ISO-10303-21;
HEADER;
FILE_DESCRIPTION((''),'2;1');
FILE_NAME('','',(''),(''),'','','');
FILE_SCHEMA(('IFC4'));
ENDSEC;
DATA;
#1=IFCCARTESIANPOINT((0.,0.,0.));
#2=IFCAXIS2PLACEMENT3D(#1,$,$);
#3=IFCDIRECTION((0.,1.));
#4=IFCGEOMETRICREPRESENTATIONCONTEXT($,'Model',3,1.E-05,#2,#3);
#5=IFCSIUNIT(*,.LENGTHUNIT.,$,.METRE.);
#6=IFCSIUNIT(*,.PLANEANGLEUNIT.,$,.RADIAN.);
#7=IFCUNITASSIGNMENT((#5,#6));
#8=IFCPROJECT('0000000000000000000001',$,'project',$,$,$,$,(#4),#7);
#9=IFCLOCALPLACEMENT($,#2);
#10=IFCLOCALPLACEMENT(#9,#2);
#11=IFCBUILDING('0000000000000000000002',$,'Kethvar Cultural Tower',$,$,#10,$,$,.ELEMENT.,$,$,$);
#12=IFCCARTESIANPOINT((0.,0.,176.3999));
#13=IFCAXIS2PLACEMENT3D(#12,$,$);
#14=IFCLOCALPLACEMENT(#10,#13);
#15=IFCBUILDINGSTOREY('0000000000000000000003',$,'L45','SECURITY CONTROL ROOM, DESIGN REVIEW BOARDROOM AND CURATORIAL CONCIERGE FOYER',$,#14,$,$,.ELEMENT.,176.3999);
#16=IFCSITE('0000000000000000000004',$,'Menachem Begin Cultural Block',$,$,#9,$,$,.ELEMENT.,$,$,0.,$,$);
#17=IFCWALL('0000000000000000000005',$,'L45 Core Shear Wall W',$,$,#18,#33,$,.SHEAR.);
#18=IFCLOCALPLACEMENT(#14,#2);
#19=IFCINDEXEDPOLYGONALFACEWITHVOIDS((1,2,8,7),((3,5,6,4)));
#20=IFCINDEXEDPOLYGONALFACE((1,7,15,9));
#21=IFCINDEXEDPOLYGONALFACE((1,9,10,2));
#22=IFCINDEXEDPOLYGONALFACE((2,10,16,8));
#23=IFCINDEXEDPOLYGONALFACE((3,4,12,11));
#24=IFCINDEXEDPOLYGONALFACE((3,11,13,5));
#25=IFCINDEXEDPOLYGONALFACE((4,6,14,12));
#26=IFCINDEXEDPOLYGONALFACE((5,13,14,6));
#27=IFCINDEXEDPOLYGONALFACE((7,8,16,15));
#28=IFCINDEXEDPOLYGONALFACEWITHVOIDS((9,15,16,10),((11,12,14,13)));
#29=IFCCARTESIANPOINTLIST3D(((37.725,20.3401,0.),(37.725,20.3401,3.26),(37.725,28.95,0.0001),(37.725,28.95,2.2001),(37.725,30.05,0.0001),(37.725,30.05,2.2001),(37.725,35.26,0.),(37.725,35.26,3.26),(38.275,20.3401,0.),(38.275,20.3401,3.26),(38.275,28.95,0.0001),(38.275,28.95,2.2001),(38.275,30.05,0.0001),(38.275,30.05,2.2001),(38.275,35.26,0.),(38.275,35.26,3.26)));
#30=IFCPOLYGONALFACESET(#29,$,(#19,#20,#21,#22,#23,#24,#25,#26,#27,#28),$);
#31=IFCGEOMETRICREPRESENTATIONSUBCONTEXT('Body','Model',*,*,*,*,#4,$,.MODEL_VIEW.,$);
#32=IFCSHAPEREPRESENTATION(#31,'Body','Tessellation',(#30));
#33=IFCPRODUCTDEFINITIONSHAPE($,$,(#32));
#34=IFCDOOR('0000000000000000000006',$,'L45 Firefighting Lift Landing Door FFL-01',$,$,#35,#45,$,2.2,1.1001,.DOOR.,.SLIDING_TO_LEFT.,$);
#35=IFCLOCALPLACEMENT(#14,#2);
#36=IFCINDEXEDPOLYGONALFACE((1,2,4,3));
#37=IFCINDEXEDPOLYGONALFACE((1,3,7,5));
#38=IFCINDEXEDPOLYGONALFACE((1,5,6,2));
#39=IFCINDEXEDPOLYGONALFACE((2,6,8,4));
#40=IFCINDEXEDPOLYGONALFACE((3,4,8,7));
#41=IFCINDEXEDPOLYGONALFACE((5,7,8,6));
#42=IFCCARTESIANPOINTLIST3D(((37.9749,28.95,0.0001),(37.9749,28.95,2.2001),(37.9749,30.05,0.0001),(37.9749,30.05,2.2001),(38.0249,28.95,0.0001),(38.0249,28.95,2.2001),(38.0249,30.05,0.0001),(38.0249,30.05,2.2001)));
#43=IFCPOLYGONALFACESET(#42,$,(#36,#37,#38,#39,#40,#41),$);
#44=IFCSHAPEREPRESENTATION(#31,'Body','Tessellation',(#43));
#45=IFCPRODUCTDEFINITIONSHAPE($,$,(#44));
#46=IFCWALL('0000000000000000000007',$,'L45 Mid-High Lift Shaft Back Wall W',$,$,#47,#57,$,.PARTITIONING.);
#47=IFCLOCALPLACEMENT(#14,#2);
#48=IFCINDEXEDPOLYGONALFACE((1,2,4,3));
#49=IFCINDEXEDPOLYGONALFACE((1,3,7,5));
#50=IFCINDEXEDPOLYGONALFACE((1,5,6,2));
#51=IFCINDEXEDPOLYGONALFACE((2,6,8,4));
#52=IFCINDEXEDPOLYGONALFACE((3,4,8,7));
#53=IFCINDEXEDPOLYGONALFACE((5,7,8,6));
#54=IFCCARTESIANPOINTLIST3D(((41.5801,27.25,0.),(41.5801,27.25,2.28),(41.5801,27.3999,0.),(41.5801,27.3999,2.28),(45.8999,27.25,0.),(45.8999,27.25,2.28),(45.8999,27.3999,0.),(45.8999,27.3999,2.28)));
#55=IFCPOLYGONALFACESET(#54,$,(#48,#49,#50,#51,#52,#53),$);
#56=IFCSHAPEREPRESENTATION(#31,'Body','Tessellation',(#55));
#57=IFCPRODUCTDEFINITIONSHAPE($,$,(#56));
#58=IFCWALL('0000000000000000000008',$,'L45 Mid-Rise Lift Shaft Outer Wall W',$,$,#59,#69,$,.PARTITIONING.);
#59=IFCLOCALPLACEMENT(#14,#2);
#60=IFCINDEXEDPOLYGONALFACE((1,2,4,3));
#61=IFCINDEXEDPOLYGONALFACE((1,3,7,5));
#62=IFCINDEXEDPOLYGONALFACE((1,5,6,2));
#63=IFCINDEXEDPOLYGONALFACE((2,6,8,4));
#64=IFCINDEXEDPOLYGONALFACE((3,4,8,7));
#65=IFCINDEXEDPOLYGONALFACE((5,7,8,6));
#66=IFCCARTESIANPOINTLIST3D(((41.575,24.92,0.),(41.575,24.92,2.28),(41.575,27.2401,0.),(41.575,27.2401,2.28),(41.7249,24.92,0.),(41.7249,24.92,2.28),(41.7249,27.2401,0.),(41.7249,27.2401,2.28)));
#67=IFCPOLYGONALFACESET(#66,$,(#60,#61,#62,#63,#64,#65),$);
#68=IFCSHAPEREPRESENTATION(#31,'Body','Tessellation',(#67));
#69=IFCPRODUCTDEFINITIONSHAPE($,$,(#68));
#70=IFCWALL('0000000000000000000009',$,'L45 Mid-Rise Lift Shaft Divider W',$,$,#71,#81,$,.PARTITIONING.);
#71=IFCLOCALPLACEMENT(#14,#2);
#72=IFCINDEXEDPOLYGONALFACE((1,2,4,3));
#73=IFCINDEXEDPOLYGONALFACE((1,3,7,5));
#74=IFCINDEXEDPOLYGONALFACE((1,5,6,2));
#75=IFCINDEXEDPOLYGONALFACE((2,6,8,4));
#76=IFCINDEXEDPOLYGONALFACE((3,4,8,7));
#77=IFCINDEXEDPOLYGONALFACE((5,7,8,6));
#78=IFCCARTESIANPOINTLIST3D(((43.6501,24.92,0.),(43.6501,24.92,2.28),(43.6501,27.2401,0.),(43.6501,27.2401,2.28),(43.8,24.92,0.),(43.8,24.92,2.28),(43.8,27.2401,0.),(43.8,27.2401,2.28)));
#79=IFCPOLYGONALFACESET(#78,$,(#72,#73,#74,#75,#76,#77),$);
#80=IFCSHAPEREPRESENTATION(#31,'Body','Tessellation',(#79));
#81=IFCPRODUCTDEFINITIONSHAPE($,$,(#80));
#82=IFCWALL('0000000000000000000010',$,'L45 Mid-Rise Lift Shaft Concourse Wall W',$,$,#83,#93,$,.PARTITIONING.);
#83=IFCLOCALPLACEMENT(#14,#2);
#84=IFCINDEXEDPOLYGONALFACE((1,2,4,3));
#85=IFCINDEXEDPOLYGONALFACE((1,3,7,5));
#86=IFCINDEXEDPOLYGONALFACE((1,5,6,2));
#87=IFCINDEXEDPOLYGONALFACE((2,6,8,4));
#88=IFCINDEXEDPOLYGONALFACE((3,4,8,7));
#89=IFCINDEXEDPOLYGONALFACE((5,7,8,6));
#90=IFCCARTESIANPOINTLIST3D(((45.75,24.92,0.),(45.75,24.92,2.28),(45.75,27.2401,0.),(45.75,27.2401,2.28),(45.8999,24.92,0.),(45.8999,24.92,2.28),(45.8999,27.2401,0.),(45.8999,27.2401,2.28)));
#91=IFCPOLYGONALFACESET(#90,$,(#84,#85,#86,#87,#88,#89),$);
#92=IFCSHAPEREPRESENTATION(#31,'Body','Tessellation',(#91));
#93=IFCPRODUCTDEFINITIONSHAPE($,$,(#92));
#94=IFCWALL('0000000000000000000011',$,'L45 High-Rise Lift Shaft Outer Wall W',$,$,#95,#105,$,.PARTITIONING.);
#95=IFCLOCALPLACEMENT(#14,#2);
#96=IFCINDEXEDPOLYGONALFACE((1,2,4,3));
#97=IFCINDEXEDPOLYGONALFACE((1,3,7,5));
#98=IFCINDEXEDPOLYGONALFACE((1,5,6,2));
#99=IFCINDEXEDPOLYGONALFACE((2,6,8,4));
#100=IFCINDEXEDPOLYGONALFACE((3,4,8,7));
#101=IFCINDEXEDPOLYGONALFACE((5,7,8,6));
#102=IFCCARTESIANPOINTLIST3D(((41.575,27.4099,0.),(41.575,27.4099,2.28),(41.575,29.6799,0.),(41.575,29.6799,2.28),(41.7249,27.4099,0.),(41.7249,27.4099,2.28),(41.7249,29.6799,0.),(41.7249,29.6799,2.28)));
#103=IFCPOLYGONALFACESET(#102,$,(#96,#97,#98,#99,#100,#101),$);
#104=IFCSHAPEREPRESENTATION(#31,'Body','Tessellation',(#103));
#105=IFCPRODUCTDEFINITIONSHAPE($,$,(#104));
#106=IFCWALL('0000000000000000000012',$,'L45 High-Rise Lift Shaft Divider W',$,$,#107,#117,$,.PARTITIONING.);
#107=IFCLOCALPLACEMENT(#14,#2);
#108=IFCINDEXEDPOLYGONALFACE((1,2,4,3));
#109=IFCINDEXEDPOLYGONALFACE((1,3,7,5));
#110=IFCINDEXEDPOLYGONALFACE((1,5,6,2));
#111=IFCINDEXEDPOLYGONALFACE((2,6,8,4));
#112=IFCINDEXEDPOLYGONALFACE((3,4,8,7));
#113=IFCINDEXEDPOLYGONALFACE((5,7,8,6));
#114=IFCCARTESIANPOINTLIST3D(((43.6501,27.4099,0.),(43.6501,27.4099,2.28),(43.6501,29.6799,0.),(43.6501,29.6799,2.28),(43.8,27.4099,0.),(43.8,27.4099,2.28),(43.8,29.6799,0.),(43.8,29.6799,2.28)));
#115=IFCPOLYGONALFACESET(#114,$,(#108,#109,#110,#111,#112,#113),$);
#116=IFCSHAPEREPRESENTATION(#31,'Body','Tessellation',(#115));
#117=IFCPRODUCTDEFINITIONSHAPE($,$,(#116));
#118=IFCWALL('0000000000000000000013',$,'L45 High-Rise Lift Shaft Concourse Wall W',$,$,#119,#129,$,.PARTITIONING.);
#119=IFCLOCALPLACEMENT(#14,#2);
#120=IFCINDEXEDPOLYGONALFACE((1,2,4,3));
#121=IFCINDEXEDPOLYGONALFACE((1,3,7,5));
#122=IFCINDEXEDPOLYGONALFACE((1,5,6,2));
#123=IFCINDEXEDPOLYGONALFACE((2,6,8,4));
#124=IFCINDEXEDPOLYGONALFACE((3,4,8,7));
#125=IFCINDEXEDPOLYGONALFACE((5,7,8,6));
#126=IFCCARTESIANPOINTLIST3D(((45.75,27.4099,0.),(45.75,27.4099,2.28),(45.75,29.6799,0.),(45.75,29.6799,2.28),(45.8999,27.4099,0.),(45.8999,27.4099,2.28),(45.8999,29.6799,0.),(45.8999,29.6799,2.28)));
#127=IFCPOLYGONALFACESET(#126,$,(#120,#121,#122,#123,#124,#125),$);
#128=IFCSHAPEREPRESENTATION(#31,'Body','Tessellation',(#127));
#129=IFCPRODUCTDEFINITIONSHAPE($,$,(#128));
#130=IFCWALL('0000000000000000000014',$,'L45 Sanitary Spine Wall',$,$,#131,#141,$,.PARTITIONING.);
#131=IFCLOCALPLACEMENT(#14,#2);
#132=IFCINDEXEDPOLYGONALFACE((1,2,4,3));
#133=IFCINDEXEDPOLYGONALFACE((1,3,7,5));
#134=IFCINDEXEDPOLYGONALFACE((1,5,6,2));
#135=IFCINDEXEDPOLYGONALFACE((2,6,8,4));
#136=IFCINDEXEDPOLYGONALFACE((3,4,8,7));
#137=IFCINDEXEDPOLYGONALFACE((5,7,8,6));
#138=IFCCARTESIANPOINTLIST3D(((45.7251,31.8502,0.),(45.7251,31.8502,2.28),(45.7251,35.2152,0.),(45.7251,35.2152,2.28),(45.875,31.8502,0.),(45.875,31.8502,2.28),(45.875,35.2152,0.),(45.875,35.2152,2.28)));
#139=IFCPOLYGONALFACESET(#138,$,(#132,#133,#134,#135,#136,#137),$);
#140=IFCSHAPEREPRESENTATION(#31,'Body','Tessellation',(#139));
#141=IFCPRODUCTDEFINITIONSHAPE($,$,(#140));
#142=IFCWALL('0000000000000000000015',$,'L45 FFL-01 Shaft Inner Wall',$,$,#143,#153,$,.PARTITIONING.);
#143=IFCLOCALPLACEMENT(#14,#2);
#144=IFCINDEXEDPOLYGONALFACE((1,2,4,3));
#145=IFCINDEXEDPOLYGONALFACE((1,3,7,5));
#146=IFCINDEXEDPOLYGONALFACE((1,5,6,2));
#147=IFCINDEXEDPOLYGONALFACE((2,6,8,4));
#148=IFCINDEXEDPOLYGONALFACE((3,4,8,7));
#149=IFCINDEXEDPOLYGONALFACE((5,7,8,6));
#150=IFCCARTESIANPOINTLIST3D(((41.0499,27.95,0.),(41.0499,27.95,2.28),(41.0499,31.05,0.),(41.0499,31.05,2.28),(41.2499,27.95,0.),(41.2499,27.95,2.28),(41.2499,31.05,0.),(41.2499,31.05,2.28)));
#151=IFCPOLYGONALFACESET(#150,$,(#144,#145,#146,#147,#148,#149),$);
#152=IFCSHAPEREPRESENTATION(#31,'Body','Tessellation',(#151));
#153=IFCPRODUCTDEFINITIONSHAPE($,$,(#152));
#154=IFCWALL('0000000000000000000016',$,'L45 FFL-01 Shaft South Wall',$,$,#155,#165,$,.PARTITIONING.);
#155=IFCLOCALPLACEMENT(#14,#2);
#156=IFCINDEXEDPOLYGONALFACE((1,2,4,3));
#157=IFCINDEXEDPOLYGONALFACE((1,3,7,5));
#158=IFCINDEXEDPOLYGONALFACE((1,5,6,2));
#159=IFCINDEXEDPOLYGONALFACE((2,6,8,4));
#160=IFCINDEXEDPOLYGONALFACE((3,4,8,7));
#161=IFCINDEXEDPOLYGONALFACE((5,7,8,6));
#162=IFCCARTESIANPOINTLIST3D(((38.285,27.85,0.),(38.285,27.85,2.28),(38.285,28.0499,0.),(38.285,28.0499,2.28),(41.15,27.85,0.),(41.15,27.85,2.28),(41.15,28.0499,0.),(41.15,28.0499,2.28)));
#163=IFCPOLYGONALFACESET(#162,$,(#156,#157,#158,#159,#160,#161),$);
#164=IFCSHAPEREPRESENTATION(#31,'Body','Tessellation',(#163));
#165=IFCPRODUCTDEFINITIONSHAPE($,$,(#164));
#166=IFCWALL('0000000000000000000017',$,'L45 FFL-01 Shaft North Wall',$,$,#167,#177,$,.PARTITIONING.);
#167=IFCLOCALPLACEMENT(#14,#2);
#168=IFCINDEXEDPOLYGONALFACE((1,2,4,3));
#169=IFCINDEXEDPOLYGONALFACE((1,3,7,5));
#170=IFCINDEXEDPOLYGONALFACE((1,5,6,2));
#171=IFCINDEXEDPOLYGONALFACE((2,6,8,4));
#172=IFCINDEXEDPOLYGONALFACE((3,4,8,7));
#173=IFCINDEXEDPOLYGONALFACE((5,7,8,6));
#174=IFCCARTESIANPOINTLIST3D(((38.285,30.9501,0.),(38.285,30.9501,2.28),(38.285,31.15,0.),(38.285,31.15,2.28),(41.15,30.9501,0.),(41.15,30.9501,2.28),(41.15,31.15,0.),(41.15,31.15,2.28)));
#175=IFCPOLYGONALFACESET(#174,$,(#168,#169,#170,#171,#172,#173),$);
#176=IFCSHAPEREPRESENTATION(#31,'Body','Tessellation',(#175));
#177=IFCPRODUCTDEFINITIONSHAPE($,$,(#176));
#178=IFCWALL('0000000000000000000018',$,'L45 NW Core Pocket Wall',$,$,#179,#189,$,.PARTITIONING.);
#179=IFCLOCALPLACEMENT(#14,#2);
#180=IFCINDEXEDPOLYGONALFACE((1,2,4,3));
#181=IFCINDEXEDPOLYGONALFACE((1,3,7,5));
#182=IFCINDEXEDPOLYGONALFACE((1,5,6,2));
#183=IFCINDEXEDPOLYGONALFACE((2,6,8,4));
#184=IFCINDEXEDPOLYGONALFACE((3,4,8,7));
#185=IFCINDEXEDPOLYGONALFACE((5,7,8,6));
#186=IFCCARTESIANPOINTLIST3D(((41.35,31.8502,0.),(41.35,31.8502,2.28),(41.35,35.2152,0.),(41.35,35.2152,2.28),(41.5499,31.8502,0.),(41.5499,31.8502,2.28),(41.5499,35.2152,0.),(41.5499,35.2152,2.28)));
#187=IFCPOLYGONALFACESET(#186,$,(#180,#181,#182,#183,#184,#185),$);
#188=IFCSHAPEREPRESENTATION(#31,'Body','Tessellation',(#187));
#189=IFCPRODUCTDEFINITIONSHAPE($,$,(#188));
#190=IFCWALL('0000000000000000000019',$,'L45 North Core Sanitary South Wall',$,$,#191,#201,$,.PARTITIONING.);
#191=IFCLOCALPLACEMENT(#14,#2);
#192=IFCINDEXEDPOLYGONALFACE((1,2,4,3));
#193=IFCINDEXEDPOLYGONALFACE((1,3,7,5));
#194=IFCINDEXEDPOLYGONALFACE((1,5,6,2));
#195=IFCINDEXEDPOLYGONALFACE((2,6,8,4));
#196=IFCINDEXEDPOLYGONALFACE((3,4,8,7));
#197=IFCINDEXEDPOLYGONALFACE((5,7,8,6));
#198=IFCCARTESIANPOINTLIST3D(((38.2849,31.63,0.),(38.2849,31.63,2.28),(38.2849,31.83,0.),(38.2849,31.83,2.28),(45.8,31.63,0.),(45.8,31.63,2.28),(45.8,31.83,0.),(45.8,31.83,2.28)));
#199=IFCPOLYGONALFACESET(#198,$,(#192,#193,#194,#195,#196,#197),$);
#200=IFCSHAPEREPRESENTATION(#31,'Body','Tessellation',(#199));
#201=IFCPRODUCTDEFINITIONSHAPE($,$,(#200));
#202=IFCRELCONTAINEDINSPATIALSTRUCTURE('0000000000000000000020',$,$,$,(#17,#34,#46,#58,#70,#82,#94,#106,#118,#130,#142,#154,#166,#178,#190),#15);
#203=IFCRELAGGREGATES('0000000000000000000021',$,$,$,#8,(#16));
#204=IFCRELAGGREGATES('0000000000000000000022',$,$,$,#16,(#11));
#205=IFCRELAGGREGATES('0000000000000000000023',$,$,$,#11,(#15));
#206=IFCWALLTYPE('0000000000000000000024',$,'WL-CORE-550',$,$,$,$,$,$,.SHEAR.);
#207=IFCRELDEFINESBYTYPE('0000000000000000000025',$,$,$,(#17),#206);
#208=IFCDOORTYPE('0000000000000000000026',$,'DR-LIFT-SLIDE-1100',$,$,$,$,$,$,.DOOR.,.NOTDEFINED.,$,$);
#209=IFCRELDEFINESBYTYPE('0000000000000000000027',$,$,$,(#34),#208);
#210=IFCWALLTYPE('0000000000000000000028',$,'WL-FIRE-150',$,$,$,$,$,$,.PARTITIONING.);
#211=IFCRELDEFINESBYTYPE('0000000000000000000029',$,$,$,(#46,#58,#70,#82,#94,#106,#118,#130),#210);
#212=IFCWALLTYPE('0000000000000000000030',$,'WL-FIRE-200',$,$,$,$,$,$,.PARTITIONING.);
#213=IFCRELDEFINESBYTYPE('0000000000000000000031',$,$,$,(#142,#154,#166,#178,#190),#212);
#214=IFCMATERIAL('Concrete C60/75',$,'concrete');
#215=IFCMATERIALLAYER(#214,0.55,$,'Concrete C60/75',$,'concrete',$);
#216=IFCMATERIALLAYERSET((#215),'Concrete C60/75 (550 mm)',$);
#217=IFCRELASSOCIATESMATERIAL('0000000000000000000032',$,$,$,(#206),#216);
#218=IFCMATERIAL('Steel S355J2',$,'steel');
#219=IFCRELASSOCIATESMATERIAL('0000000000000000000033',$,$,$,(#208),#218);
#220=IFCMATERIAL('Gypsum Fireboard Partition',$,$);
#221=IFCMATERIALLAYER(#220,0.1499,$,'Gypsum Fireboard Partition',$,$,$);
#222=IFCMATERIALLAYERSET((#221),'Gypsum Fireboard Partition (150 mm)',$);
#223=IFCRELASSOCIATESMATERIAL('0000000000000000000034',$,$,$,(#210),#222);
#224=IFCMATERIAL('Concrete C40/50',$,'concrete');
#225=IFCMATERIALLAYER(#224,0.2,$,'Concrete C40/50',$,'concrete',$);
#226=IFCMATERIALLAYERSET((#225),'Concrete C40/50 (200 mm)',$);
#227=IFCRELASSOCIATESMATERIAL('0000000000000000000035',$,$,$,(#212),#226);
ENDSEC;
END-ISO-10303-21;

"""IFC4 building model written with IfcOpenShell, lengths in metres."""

from ifc_helpers import new_model, si_unit, direction, frame, frame_2d, origin, place, context, subcontext, project, spatial, rectangle, extrude, source, transform, mapped, material, layer, layer_set, type_object, element, fill, save


model = new_model("IFC4")

# Units and contexts
model_context = context("Model", 3, precision=1e-05, world=origin(), true_north=direction((0.0, 1.0)))
body_context = subcontext(model_context, "Body", "Model", "MODEL_VIEW")
ifc_project = project(units=[si_unit("LENGTHUNIT", "METRE"), si_unit("PLANEANGLEUNIT", "RADIAN")], contexts=[model_context])

# Site, building, storey
site_placement = place(None, origin())
site = spatial("IfcSite", under=ifc_project, at=site_placement, Name="Menachem Begin Cultural Block", CompositionType="ELEMENT", RefElevation=0.0)
building_placement = place(site_placement, origin())
building = spatial("IfcBuilding", under=site, at=building_placement, Name="Kethvar Cultural Tower", CompositionType="ELEMENT")
storey_placement = place(building_placement, frame((0.0, 0.0, 176.3999)))
storey = spatial("IfcBuildingStorey", under=building, at=storey_placement, Name="L45", Description="SECURITY CONTROL ROOM, DESIGN REVIEW BOARDROOM AND CURATORIAL CONCIERGE FOYER", CompositionType="ELEMENT", Elevation=176.3999)

# Shared definitions
ifc_material_1 = material(Name="Steel S355J2", Category="steel")

# Wall, opening, door
ifc_material_2 = material(Name="Concrete C60/75", Category="concrete")
ifc_layer_1 = layer(ifc_material_2, 0.55, Name="Concrete C60/75", Category="concrete")
ifc_layer_set_1 = layer_set([ifc_layer_1], Name="Concrete C60/75 (550 mm)")
wall_type_1 = type_object("IfcWallType", Name="WL-CORE-550", PredefinedType="SHEAR", material=ifc_layer_set_1)
wall_1_placement = place(storey_placement, frame((38.0, 35.26, 0.0), z_axis=(0.0, 0.0, 1.0), x_axis=(0.0, -1.0, 0.0)))
wall_1 = element("IfcWall", 1, at=wall_1_placement, inside=storey, type_object=wall_type_1, Name="L45 Core Shear Wall W", PredefinedType="SHEAR", context=body_context, shape_type="SweptSolid", body=[
    extrude(rectangle(XDim=14.9199, YDim=0.55, at=frame_2d((7.46, 0.0))), origin(), (0.0, 0.0, 1.0), 3.26),
])
opening_1_placement = place(wall_1_placement, frame((5.21, 0.0, 0.0)))
opening_1 = element("IfcOpeningElement", 2, at=opening_1_placement, cuts=wall_1, PredefinedType="OPENING", context=body_context, shape_type="SweptSolid", body=[
    extrude(rectangle(XDim=1.1001, YDim=2.2, at=frame_2d((0.55, 1.1001))), frame((0.0, 0.2849, 0.0), z_axis=(0.0, -1.0, 0.0), x_axis=(1.0, 0.0, 0.0)), (0.0, 0.0, 1.0), 0.5701),
])
door_type = type_object("IfcDoorType", Name="DR-LIFT-SLIDE-1100", OperationType="NOTDEFINED", PredefinedType="DOOR", material=ifc_material_1)
shared_shape_1 = source(origin(), body_context, "Body", "SweptSolid", [
    extrude(rectangle(XDim=1.1001, YDim=2.2, at=frame_2d((0.55, 1.1001))), frame((0.0, 0.0249, 0.0), z_axis=(0.0, -1.0, 0.0), x_axis=(1.0, 0.0, 0.0)), (0.0, 0.0, 1.0), 0.05),
])
door_1_placement = place(opening_1_placement, origin())
door_1 = element("IfcDoor", 3, at=door_1_placement, inside=storey, type_object=door_type, Name="L45 Firefighting Lift Landing Door FFL-01", OperationType="SLIDING_TO_LEFT", OverallHeight=2.2, OverallWidth=1.1001, PredefinedType="DOOR", context=body_context, shape_type="MappedRepresentation", body=[
    mapped(shared_shape_1, transform((0.0, 0.0, 0.0), scale=1.0)),
])
fill(opening_1, door_1)

# Walls
ifc_material_3 = material(Name="Gypsum Fireboard Partition")
ifc_layer_2 = layer(ifc_material_3, 0.1499, Name="Gypsum Fireboard Partition")
ifc_layer_set_2 = layer_set([ifc_layer_2], Name="Gypsum Fireboard Partition (150 mm)")
wall_type_2 = type_object("IfcWallType", Name="WL-FIRE-150", PredefinedType="PARTITIONING", material=ifc_layer_set_2)
wall_2_placement = place(storey_placement, frame((41.5801, 27.325, 0.0), z_axis=(0.0, 0.0, 1.0), x_axis=(1.0, 0.0, 0.0)))
element("IfcWall", 4, at=wall_2_placement, inside=storey, type_object=wall_type_2, Name="L45 Mid-High Lift Shaft Back Wall W", PredefinedType="PARTITIONING", context=body_context, shape_type="SweptSolid", body=[
    extrude(rectangle(XDim=4.3198, YDim=0.1499, at=frame_2d((2.1599, 0.0))), origin(), (0.0, 0.0, 1.0), 2.28),
])
for number, where, z_axis, x_axis, name in (
    (5, (41.6499, 24.9199, 0.0), (0.0, 0.0, 1.0), (0.0, 1.0, 0.0), "L45 Mid-Rise Lift Shaft Outer Wall W"),
    (6, (43.7251, 24.9199, 0.0), (0.0, 0.0, 1.0), (0.0, 1.0, 0.0), "L45 Mid-Rise Lift Shaft Divider W"),
    (7, (45.825, 24.9199, 0.0), (0.0, 0.0, 1.0), (0.0, 1.0, 0.0), "L45 Mid-Rise Lift Shaft Concourse Wall W"),
):
    element("IfcWall", number, at=place(storey_placement, frame(where, z_axis=z_axis, x_axis=x_axis)), inside=storey, type_object=wall_type_2, Name=name, PredefinedType="PARTITIONING", context=body_context, shape_type="SweptSolid", body=[
        extrude(rectangle(XDim=2.3201, YDim=0.1499, at=frame_2d((1.1602, 0.0))), origin(), (0.0, 0.0, 1.0), 2.28),
    ])
for number, where, z_axis, x_axis, name in (
    (8, (41.6499, 27.4099, 0.0), (0.0, 0.0, 1.0), (0.0, 1.0, 0.0), "L45 High-Rise Lift Shaft Outer Wall W"),
    (9, (43.7251, 27.4099, 0.0), (0.0, 0.0, 1.0), (0.0, 1.0, 0.0), "L45 High-Rise Lift Shaft Divider W"),
    (10, (45.825, 27.4099, 0.0), (0.0, 0.0, 1.0), (0.0, 1.0, 0.0), "L45 High-Rise Lift Shaft Concourse Wall W"),
):
    element("IfcWall", number, at=place(storey_placement, frame(where, z_axis=z_axis, x_axis=x_axis)), inside=storey, type_object=wall_type_2, Name=name, PredefinedType="PARTITIONING", context=body_context, shape_type="SweptSolid", body=[
        extrude(rectangle(XDim=2.27, YDim=0.1499, at=frame_2d((1.135, 0.0))), origin(), (0.0, 0.0, 1.0), 2.28),
    ])
wall_3_placement = place(storey_placement, frame((45.8, 31.8501, 0.0), z_axis=(0.0, 0.0, 1.0), x_axis=(0.0, 1.0, 0.0)))
element("IfcWall", 11, at=wall_3_placement, inside=storey, type_object=wall_type_2, Name="L45 Sanitary Spine Wall", PredefinedType="PARTITIONING", context=body_context, shape_type="SweptSolid", body=[
    extrude(rectangle(XDim=3.365, YDim=0.1499, at=frame_2d((1.6826, 0.0))), origin(), (0.0, 0.0, 1.0), 2.28),
])
ifc_material_4 = material(Name="Concrete C40/50", Category="concrete")
ifc_layer_3 = layer(ifc_material_4, 0.2, Name="Concrete C40/50", Category="concrete")
ifc_layer_set_3 = layer_set([ifc_layer_3], Name="Concrete C40/50 (200 mm)")
wall_type_3 = type_object("IfcWallType", Name="WL-FIRE-200", PredefinedType="PARTITIONING", material=ifc_layer_set_3)
wall_4_placement = place(storey_placement, frame((41.1499, 27.95, 0.0), z_axis=(0.0, 0.0, 1.0), x_axis=(0.0, 1.0, 0.0)))
element("IfcWall", 12, at=wall_4_placement, inside=storey, type_object=wall_type_3, Name="L45 FFL-01 Shaft Inner Wall", PredefinedType="PARTITIONING", context=body_context, shape_type="SweptSolid", body=[
    extrude(rectangle(XDim=3.1001, YDim=0.2, at=frame_2d((1.55, 0.0))), origin(), (0.0, 0.0, 1.0), 2.28),
])
for number, where, z_axis, x_axis, name in (
    (13, (38.2849, 27.95, 0.0), (0.0, 0.0, 1.0), (1.0, 0.0, 0.0), "L45 FFL-01 Shaft South Wall"),
    (14, (38.2849, 31.05, 0.0), (0.0, 0.0, 1.0), (1.0, 0.0, 0.0), "L45 FFL-01 Shaft North Wall"),
):
    element("IfcWall", number, at=place(storey_placement, frame(where, z_axis=z_axis, x_axis=x_axis)), inside=storey, type_object=wall_type_3, Name=name, PredefinedType="PARTITIONING", context=body_context, shape_type="SweptSolid", body=[
        extrude(rectangle(XDim=2.865, YDim=0.2, at=frame_2d((1.4326, 0.0))), origin(), (0.0, 0.0, 1.0), 2.28),
    ])
wall_5_placement = place(storey_placement, frame((41.45, 31.8501, 0.0), z_axis=(0.0, 0.0, 1.0), x_axis=(0.0, 1.0, 0.0)))
element("IfcWall", 15, at=wall_5_placement, inside=storey, type_object=wall_type_3, Name="L45 NW Core Pocket Wall", PredefinedType="PARTITIONING", context=body_context, shape_type="SweptSolid", body=[
    extrude(rectangle(XDim=3.365, YDim=0.2, at=frame_2d((1.6826, 0.0))), origin(), (0.0, 0.0, 1.0), 2.28),
])
wall_6_placement = place(storey_placement, frame((38.2849, 31.73, 0.0), z_axis=(0.0, 0.0, 1.0), x_axis=(1.0, 0.0, 0.0)))
element("IfcWall", 16, at=wall_6_placement, inside=storey, type_object=wall_type_3, Name="L45 North Core Sanitary South Wall", PredefinedType="PARTITIONING", context=body_context, shape_type="SweptSolid", body=[
    extrude(rectangle(XDim=7.5151, YDim=0.2, at=frame_2d((3.7576, 0.0))), origin(), (0.0, 0.0, 1.0), 2.28),
])

save(model, "model.ifc")
